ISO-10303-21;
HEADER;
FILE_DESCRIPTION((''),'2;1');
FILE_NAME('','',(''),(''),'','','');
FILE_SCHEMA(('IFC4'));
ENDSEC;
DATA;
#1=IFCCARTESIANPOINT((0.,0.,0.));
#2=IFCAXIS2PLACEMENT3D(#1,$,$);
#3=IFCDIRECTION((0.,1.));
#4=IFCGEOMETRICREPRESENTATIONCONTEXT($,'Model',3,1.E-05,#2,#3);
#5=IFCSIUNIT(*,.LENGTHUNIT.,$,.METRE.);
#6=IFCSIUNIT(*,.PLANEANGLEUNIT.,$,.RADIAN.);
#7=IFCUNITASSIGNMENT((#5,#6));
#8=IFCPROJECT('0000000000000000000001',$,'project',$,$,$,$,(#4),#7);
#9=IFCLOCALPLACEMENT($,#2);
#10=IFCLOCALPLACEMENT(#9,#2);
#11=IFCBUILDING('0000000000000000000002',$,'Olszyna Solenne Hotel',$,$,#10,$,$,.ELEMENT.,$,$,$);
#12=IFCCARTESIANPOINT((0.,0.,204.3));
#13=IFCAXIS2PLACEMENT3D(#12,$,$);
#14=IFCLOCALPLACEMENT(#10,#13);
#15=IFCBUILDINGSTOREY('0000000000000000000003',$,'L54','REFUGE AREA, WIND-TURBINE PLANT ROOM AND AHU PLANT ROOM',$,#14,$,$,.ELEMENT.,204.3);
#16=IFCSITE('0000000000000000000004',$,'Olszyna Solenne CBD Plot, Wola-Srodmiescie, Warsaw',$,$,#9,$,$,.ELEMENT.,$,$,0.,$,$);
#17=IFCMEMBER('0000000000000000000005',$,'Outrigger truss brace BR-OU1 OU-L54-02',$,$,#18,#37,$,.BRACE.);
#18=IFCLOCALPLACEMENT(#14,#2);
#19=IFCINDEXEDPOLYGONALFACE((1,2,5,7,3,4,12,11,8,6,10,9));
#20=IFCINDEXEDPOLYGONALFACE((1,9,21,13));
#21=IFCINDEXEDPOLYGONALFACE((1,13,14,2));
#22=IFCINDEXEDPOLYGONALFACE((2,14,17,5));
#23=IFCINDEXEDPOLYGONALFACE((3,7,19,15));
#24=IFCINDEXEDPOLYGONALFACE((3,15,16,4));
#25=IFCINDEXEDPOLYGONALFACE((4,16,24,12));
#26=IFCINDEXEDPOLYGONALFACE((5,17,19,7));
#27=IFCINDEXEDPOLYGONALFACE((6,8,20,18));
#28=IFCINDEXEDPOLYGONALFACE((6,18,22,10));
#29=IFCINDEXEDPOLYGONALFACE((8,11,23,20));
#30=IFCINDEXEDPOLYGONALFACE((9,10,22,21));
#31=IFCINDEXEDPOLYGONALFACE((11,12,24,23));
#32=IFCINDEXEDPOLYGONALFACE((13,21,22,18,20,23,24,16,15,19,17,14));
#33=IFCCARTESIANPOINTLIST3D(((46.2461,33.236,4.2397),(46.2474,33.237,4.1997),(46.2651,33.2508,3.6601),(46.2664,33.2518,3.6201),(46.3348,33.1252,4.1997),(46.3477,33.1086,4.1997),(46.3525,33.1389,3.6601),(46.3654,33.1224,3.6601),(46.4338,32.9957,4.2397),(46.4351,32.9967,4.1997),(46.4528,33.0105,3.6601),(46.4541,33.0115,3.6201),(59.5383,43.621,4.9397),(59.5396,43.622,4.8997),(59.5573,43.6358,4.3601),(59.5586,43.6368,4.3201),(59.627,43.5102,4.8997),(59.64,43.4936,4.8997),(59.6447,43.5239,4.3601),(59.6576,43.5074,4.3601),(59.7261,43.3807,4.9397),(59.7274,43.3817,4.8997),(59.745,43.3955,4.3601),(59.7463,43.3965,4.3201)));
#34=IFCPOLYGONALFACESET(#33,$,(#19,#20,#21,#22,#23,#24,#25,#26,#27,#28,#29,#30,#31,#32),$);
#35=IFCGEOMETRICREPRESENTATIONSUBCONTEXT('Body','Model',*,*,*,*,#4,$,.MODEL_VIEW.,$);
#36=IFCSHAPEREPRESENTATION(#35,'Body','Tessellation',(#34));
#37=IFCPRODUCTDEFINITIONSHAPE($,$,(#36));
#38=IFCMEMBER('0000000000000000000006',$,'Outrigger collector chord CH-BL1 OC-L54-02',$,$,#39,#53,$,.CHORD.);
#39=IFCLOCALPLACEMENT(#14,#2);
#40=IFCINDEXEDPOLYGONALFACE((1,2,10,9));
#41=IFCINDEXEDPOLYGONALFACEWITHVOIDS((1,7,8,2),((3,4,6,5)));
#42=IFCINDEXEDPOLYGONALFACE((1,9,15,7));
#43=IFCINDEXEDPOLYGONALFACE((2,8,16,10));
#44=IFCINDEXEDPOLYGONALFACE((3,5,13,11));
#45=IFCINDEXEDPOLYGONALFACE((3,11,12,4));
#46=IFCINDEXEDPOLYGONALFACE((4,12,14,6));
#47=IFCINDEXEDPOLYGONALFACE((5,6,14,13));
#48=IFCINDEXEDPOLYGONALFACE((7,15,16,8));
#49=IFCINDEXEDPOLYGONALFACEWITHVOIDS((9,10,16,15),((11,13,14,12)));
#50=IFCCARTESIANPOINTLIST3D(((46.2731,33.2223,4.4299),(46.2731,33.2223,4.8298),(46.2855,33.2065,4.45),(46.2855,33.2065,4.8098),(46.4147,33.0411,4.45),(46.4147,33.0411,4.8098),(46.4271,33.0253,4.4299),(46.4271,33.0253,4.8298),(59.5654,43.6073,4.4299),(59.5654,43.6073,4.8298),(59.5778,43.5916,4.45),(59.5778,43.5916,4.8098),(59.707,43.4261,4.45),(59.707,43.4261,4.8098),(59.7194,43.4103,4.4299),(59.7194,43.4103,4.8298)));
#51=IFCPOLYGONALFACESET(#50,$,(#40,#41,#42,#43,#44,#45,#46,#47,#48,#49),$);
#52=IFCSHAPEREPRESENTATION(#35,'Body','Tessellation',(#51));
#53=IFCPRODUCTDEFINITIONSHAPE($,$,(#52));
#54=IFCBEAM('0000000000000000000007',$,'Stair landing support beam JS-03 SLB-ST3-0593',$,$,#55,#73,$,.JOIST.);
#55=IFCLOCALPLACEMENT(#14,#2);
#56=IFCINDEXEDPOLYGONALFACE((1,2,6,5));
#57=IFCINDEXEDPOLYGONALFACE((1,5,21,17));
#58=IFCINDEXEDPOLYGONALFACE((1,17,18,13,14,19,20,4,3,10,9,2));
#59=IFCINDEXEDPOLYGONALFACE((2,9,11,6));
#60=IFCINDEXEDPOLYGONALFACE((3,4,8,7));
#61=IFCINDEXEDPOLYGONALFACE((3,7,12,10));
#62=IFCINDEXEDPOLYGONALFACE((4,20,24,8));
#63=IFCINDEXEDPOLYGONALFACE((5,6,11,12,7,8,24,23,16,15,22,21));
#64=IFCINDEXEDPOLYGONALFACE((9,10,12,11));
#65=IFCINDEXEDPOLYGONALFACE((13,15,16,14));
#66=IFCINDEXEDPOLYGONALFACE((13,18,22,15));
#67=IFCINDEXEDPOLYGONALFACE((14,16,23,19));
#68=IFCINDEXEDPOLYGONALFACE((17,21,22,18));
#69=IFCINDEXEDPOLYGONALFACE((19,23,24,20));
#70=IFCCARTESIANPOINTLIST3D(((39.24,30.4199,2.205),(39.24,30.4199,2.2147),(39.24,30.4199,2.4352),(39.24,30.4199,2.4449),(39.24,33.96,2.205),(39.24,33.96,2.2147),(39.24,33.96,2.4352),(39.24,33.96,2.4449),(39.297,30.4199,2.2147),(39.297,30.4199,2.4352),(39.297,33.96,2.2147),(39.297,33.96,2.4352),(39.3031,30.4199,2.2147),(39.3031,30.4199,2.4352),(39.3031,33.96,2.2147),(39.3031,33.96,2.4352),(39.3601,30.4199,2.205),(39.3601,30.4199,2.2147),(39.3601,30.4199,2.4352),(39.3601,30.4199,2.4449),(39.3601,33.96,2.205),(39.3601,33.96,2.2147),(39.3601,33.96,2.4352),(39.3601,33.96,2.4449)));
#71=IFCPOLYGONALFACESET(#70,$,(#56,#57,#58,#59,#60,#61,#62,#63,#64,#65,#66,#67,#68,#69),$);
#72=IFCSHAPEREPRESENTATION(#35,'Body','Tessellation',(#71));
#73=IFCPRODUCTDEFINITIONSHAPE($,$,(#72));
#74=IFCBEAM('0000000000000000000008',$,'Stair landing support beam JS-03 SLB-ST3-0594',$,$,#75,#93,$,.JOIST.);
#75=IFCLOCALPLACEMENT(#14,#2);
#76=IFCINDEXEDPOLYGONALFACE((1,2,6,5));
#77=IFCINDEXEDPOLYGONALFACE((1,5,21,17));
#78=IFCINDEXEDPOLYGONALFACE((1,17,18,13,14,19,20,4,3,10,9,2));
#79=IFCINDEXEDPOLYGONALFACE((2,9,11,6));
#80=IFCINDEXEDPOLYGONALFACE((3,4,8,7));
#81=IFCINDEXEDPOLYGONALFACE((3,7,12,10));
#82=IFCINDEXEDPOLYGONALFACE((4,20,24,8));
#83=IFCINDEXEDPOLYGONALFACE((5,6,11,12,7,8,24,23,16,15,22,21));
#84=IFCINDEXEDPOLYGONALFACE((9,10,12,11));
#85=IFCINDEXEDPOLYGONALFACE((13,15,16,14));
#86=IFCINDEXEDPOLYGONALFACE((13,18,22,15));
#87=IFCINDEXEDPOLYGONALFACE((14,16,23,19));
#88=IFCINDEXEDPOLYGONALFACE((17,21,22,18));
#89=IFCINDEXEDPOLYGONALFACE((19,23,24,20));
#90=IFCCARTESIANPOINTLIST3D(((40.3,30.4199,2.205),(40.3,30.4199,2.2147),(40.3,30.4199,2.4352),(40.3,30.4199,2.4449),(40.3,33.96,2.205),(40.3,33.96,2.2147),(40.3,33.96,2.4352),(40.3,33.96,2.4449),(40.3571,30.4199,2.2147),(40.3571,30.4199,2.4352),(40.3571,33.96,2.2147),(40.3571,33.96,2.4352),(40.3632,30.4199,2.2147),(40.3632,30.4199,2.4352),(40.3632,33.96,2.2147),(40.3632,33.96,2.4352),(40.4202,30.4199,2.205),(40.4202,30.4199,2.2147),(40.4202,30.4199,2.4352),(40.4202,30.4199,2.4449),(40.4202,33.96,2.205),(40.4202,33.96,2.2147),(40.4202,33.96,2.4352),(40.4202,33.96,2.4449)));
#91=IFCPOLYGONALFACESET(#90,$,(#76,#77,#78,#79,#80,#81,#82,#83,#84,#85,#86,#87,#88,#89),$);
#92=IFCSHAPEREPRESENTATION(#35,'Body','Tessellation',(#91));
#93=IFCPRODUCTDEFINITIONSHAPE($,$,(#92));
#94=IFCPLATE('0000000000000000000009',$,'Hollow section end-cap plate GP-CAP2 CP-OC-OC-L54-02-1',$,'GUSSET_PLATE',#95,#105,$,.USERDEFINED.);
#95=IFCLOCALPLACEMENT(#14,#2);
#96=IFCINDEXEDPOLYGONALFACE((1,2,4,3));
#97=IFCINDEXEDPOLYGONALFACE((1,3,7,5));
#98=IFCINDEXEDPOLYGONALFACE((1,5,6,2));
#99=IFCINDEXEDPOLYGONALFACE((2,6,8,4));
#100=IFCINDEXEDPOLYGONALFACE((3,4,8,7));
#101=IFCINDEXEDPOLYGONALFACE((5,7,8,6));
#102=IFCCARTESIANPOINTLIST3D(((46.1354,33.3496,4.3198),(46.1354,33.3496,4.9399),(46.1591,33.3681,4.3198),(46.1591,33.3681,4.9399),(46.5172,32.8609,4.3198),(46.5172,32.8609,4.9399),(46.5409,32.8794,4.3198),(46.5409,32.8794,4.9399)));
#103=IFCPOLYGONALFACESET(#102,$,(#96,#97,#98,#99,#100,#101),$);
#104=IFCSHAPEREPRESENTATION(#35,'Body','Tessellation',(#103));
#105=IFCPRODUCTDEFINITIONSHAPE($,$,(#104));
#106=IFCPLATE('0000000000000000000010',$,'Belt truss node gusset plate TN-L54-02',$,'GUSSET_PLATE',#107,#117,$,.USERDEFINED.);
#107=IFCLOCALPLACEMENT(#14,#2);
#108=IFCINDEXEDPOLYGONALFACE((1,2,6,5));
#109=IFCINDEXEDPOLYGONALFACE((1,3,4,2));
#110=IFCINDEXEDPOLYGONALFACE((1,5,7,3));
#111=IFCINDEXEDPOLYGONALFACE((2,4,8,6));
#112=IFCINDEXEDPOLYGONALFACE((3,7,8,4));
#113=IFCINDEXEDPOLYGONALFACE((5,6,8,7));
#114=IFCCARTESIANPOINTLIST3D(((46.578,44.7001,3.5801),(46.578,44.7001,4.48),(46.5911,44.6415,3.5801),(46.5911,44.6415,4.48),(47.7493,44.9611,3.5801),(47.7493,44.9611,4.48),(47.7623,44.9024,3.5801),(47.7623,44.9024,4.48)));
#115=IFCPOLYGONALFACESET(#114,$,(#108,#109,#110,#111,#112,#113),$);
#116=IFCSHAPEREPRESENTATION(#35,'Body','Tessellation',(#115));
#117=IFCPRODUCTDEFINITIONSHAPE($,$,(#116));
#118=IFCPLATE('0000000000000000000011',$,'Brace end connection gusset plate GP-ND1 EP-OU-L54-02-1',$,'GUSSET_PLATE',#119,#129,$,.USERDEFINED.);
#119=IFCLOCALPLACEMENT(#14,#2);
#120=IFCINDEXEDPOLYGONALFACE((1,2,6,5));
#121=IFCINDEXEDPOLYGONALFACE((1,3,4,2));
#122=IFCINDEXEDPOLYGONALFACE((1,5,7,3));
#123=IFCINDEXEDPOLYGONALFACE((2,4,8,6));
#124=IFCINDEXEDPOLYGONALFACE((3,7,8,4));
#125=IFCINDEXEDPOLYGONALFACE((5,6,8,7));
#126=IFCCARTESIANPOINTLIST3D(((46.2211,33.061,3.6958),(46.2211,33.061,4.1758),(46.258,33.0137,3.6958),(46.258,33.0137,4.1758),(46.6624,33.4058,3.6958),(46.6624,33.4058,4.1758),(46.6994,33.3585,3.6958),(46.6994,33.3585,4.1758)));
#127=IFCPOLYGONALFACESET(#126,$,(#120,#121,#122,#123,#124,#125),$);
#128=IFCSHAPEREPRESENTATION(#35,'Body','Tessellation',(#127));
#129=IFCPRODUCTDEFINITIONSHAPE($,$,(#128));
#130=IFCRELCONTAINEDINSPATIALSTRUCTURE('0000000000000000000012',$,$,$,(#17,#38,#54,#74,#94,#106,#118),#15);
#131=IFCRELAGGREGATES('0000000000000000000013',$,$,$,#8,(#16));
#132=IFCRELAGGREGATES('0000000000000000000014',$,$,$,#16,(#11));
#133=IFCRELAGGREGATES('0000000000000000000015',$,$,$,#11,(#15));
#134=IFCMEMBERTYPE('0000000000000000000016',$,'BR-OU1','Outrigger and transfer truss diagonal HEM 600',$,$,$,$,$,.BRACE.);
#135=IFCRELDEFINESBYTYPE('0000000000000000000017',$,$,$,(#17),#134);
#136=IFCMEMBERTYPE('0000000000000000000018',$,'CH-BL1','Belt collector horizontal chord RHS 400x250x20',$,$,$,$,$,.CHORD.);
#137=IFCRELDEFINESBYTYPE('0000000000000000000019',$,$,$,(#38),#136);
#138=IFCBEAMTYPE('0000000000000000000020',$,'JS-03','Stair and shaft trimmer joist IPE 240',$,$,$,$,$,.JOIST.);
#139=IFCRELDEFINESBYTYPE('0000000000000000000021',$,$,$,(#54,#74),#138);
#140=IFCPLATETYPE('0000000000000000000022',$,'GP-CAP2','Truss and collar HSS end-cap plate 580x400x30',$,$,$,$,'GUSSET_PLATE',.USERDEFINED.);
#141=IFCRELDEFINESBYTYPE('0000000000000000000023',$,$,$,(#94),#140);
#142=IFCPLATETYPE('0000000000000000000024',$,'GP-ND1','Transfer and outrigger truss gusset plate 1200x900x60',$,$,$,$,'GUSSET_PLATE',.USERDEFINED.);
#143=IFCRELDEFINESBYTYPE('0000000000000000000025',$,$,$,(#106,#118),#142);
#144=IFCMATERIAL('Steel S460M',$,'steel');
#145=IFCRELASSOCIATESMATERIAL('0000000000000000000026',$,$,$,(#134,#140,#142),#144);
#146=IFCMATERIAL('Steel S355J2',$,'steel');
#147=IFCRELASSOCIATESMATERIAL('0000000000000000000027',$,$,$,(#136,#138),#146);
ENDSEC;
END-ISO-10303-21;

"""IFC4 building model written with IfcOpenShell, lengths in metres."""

from ifc_helpers import new_model, si_unit, direction, frame, origin, origin_2d, place, context, subcontext, project, spatial, rectangle, hollow_rectangle, i_section, extrude, source, transform, mapped, material, material_profile, profile_set, type_object, element, save


model = new_model("IFC4")

# Units and contexts
model_context = context("Model", 3, precision=1e-05, world=origin(), true_north=direction((0.0, 1.0)))
body_context = subcontext(model_context, "Body", "Model", "MODEL_VIEW")
ifc_project = project(units=[si_unit("LENGTHUNIT", "METRE"), si_unit("PLANEANGLEUNIT", "RADIAN")], contexts=[model_context])

# Site, building, storey
site_placement = place(None, origin())
site = spatial("IfcSite", under=ifc_project, at=site_placement, Name="Olszyna Solenne CBD Plot, Wola-Srodmiescie, Warsaw", CompositionType="ELEMENT", RefElevation=0.0)
building_placement = place(site_placement, origin())
building = spatial("IfcBuilding", under=site, at=building_placement, Name="Olszyna Solenne Hotel", CompositionType="ELEMENT")
storey_placement = place(building_placement, frame((0.0, 0.0, 204.3)))
storey = spatial("IfcBuildingStorey", under=building, at=storey_placement, Name="L54", Description="REFUGE AREA, WIND-TURBINE PLANT ROOM AND AHU PLANT ROOM", CompositionType="ELEMENT", Elevation=204.3)

# Members
ifc_material_1 = material(Name="Steel S460M", Category="steel")
ifc_material_profile_1 = material_profile(ifc_material_1, i_section(OverallWidth=0.3049, OverallDepth=0.6201, WebThickness=0.021, FlangeThickness=0.04, at=origin_2d()), Name="HEM 600", Category="load-bearing")
ifc_profile_set_1 = profile_set([ifc_material_profile_1], Name="Steel S460M")
member_type_1 = type_object("IfcMemberType", Name="BR-OU1", Description="Outrigger and transfer truss diagonal HEM 600", PredefinedType="BRACE", material=ifc_profile_set_1)
shared_shape_1 = source(origin(), body_context, "Body", "SweptSolid", [
    extrude(i_section(OverallWidth=0.3049, OverallDepth=0.6201, WebThickness=0.021, FlangeThickness=0.04, at=origin_2d()), origin(), (0.0, 0.0, 1.0), 16.8826),
])
member_1_placement = place(storey_placement, frame((46.3501, 33.1238, 3.9299), z_axis=(0.787334, 0.615131, 0.04146), x_axis=(-0.615661, 0.788011, 0.0)))
element("IfcMember", 1, at=member_1_placement, inside=storey, type_object=member_type_1, Name="Outrigger truss brace BR-OU1 OU-L54-02", PredefinedType="BRACE", context=body_context, shape_type="MappedRepresentation", body=[
    mapped(shared_shape_1, transform((0.0, 0.0, 0.0), x_axis=(1.0, 0.0, 0.0), y_axis=(0.0, 1.0, 0.0), z_axis=(0.0, 0.0, 1.0), scale=1.0)),
])
ifc_material_2 = material(Name="Steel S355J2", Category="steel")
ifc_material_profile_2 = material_profile(ifc_material_2, hollow_rectangle(XDim=0.25, YDim=0.3999, WallThickness=0.02, at=origin_2d()), Name="RHS 400x250x20", Category="load-bearing")
ifc_profile_set_2 = profile_set([ifc_material_profile_2], Name="Steel S355J2")
member_type_2 = type_object("IfcMemberType", Name="CH-BL1", Description="Belt collector horizontal chord RHS 400x250x20", PredefinedType="CHORD", material=ifc_profile_set_2)
shared_shape_2 = source(origin(), body_context, "Body", "SweptSolid", [
    extrude(hollow_rectangle(XDim=0.25, YDim=0.3999, WallThickness=0.02, at=origin_2d()), origin(), (0.0, 0.0, 1.0), 16.8682),
])
member_2_placement = place(storey_placement, frame((46.3501, 33.1238, 4.6299), z_axis=(0.788011, 0.615661, 0.0), x_axis=(-0.615661, 0.788011, 0.0)))
element("IfcMember", 2, at=member_2_placement, inside=storey, type_object=member_type_2, Name="Outrigger collector chord CH-BL1 OC-L54-02", PredefinedType="CHORD", context=body_context, shape_type="MappedRepresentation", body=[
    mapped(shared_shape_2, transform((0.0, 0.0, 0.0), x_axis=(1.0, 0.0, 0.0), y_axis=(0.0, 1.0, 0.0), z_axis=(0.0, 0.0, 1.0), scale=1.0)),
])

# Beams
ifc_material_profile_3 = material_profile(ifc_material_2, i_section(OverallWidth=0.1201, OverallDepth=0.24, WebThickness=0.0061, FlangeThickness=0.0098, at=origin_2d()), Name="IPE 240", Category="load-bearing")
ifc_profile_set_3 = profile_set([ifc_material_profile_3], Name="Steel S355J2")
beam_type = type_object("IfcBeamType", Name="JS-03", Description="Stair and shaft trimmer joist IPE 240", PredefinedType="JOIST", material=ifc_profile_set_3)
shared_shape_3 = source(origin(), body_context, "Body", "SweptSolid", [
    extrude(i_section(OverallWidth=0.1201, OverallDepth=0.24, WebThickness=0.0061, FlangeThickness=0.0098, at=origin_2d()), origin(), (0.0, 0.0, 1.0), 3.54),
])
for number, where, z_axis, x_axis, name in (
    (3, (39.3, 30.4199, 2.325), (0.0, 1.0, 0.0), (-1.0, 0.0, 0.0), "Stair landing support beam JS-03 SLB-ST3-0593"),
    (4, (40.3601, 30.4199, 2.325), (0.0, 1.0, 0.0), (-1.0, 0.0, 0.0), "Stair landing support beam JS-03 SLB-ST3-0594"),
):
    element("IfcBeam", number, at=place(storey_placement, frame(where, z_axis=z_axis, x_axis=x_axis)), inside=storey, type_object=beam_type, Name=name, PredefinedType="JOIST", context=body_context, shape_type="MappedRepresentation", body=[
        mapped(shared_shape_3, transform((0.0, 0.0, 0.0), x_axis=(1.0, 0.0, 0.0), y_axis=(0.0, 1.0, 0.0), z_axis=(0.0, 0.0, 1.0), scale=1.0)),
    ])

# Plates
plate_type_1 = type_object("IfcPlateType", Name="GP-CAP2", Description="Truss and collar HSS end-cap plate 580x400x30", ElementType="GUSSET_PLATE", PredefinedType="USERDEFINED", material=ifc_material_1)
shared_shape_4 = source(origin(), body_context, "Body", "SweptSolid", [
    extrude(rectangle(XDim=0.03, YDim=0.6201, at=origin_2d()), origin(), (0.0, 0.0, 1.0), 0.6201),
])
plate_1_placement = place(storey_placement, frame((46.3381, 33.1145, 4.3198), z_axis=(0.0, 0.0, 1.0), x_axis=(0.788011, 0.615661, 0.0)))
element("IfcPlate", 5, at=plate_1_placement, inside=storey, type_object=plate_type_1, Name="Hollow section end-cap plate GP-CAP2 CP-OC-OC-L54-02-1", ObjectType="GUSSET_PLATE", PredefinedType="USERDEFINED", context=body_context, shape_type="MappedRepresentation", body=[
    mapped(shared_shape_4, transform((0.0, 0.0, 0.0), x_axis=(1.0, 0.0, 0.0), y_axis=(0.0, 1.0, 0.0), z_axis=(0.0, 0.0, 1.0), scale=1.0)),
])
plate_type_2 = type_object("IfcPlateType", Name="GP-ND1", Description="Transfer and outrigger truss gusset plate 1200x900x60", ElementType="GUSSET_PLATE", PredefinedType="USERDEFINED", material=ifc_material_1)
shared_shape_5 = source(origin(), body_context, "Body", "SweptSolid", [
    extrude(rectangle(XDim=1.2, YDim=0.0601, at=origin_2d()), origin(), (0.0, 0.0, 1.0), 0.8999),
])
plate_2_placement = place(storey_placement, frame((47.1702, 44.8013, 3.5801), z_axis=(0.0, 0.0, 1.0), x_axis=(-0.976069, -0.217462, 0.0)))
element("IfcPlate", 6, at=plate_2_placement, inside=storey, type_object=plate_type_2, Name="Belt truss node gusset plate TN-L54-02", ObjectType="GUSSET_PLATE", PredefinedType="USERDEFINED", context=body_context, shape_type="MappedRepresentation", body=[
    mapped(shared_shape_5, transform((0.0, 0.0, 0.0), x_axis=(1.0, 0.0, 0.0), y_axis=(0.0, 1.0, 0.0), z_axis=(0.0, 0.0, 1.0), scale=1.0)),
])
shared_shape_6 = source(origin(), body_context, "Body", "SweptSolid", [
    extrude(rectangle(XDim=0.5601, YDim=0.0601, at=origin_2d()), origin(), (0.0, 0.0, 1.0), 0.48),
])
plate_3_placement = place(storey_placement, frame((46.4602, 33.2097, 3.6958), z_axis=(0.0, 0.0, 1.0), x_axis=(0.788011, 0.615661, 0.0)))
element("IfcPlate", 7, at=plate_3_placement, inside=storey, type_object=plate_type_2, Name="Brace end connection gusset plate GP-ND1 EP-OU-L54-02-1", ObjectType="GUSSET_PLATE", PredefinedType="USERDEFINED", context=body_context, shape_type="MappedRepresentation", body=[
    mapped(shared_shape_6, transform((0.0, 0.0, 0.0), x_axis=(1.0, 0.0, 0.0), y_axis=(0.0, 1.0, 0.0), z_axis=(0.0, 0.0, 1.0), scale=1.0)),
])

save(model, "model.ifc")
